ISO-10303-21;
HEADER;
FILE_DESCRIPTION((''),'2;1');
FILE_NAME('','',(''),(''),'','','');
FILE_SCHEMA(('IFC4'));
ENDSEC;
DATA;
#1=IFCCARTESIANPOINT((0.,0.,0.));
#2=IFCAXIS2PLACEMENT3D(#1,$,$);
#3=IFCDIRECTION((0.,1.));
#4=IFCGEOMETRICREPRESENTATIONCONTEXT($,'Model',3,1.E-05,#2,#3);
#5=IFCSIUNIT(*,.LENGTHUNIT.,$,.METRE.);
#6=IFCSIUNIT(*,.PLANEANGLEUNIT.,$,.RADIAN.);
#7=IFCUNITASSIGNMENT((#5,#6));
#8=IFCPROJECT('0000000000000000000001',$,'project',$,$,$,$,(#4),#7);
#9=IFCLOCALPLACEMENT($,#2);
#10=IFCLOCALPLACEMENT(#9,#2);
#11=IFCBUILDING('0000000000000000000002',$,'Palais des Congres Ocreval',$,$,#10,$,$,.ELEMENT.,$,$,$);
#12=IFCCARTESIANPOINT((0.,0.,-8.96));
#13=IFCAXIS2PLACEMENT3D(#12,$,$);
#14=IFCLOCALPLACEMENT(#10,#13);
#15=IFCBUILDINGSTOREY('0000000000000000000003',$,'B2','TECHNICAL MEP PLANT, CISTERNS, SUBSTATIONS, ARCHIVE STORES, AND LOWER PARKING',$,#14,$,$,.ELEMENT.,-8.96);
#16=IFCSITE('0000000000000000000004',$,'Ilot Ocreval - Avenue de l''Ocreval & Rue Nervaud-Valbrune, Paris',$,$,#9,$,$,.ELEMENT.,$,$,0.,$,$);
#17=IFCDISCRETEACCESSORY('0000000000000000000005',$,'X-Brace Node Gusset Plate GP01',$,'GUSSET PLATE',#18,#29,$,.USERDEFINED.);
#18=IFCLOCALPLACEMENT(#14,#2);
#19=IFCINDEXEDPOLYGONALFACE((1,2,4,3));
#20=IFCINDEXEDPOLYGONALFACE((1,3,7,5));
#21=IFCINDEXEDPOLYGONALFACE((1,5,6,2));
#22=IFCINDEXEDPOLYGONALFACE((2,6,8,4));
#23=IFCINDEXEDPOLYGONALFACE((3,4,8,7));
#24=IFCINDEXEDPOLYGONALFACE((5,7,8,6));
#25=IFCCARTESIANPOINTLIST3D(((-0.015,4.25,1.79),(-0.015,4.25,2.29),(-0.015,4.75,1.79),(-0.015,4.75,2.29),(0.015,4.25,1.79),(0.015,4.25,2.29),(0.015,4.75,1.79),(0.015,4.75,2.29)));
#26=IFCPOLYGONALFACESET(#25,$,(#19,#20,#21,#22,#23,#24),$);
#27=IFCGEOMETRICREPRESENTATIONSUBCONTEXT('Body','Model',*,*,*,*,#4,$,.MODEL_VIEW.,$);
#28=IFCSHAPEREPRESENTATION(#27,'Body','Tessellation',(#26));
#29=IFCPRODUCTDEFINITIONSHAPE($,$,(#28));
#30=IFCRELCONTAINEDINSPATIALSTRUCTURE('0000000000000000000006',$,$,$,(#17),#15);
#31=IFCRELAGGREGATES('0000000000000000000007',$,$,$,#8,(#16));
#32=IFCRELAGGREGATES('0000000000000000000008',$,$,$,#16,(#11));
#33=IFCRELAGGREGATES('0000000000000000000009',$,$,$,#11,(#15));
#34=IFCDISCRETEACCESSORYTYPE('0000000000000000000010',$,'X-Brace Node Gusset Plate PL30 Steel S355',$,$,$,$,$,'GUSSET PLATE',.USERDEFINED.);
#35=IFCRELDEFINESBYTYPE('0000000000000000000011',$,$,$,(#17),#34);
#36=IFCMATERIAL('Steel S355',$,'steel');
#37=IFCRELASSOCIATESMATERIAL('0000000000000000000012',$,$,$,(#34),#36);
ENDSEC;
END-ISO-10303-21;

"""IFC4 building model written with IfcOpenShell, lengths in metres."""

from ifc_helpers import new_model, si_unit, direction, frame, origin, origin_2d, place, context, subcontext, project, spatial, rectangle, extrude, material, type_object, element, save


model = new_model("IFC4")

# Units and contexts
model_context = context("Model", 3, precision=1e-05, world=origin(), true_north=direction((0.0, 1.0)))
body_context = subcontext(model_context, "Body", "Model", "MODEL_VIEW")
ifc_project = project(units=[si_unit("LENGTHUNIT", "METRE"), si_unit("PLANEANGLEUNIT", "RADIAN")], contexts=[model_context])

# Site, building, storey
site_placement = place(None, origin())
site = spatial("IfcSite", under=ifc_project, at=site_placement, Name="Ilot Ocreval - Avenue de l'Ocreval & Rue Nervaud-Valbrune, Paris", CompositionType="ELEMENT", RefElevation=0.0)
building_placement = place(site_placement, origin())
building = spatial("IfcBuilding", under=site, at=building_placement, Name="Palais des Congres Ocreval", CompositionType="ELEMENT")
storey_placement = place(building_placement, frame((0.0, 0.0, -8.96)))
storey = spatial("IfcBuildingStorey", under=building, at=storey_placement, Name="B2", Description="TECHNICAL MEP PLANT, CISTERNS, SUBSTATIONS, ARCHIVE STORES, AND LOWER PARKING", CompositionType="ELEMENT", Elevation=-8.96)

# Shared definitions
ifc_material_1 = material(Name="Steel S355", Category="steel")

# Discrete accessory
discrete_accessory_type_1 = type_object("IfcDiscreteAccessoryType", Name="X-Brace Node Gusset Plate PL30 Steel S355", ElementType="GUSSET PLATE", PredefinedType="USERDEFINED", material=ifc_material_1)
for number, where, z_axis, x_axis, name in (
    (1, (0.0, 4.5, 1.79), (0.0, 0.0, 1.0), (0.0, 1.0, 0.0), "X-Brace Node Gusset Plate GP01"),
):
    element("IfcDiscreteAccessory", number, at=place(storey_placement, frame(where, z_axis=z_axis, x_axis=x_axis)), inside=storey, type_object=discrete_accessory_type_1, Name=name, ObjectType="GUSSET PLATE", PredefinedType="USERDEFINED", context=body_context, shape_type="SweptSolid", body=[
        extrude(rectangle(XDim=0.5, YDim=0.03, at=origin_2d()), origin(), (0.0, 0.0, 1.0), 0.5),
    ])

save(model, "model.ifc")
